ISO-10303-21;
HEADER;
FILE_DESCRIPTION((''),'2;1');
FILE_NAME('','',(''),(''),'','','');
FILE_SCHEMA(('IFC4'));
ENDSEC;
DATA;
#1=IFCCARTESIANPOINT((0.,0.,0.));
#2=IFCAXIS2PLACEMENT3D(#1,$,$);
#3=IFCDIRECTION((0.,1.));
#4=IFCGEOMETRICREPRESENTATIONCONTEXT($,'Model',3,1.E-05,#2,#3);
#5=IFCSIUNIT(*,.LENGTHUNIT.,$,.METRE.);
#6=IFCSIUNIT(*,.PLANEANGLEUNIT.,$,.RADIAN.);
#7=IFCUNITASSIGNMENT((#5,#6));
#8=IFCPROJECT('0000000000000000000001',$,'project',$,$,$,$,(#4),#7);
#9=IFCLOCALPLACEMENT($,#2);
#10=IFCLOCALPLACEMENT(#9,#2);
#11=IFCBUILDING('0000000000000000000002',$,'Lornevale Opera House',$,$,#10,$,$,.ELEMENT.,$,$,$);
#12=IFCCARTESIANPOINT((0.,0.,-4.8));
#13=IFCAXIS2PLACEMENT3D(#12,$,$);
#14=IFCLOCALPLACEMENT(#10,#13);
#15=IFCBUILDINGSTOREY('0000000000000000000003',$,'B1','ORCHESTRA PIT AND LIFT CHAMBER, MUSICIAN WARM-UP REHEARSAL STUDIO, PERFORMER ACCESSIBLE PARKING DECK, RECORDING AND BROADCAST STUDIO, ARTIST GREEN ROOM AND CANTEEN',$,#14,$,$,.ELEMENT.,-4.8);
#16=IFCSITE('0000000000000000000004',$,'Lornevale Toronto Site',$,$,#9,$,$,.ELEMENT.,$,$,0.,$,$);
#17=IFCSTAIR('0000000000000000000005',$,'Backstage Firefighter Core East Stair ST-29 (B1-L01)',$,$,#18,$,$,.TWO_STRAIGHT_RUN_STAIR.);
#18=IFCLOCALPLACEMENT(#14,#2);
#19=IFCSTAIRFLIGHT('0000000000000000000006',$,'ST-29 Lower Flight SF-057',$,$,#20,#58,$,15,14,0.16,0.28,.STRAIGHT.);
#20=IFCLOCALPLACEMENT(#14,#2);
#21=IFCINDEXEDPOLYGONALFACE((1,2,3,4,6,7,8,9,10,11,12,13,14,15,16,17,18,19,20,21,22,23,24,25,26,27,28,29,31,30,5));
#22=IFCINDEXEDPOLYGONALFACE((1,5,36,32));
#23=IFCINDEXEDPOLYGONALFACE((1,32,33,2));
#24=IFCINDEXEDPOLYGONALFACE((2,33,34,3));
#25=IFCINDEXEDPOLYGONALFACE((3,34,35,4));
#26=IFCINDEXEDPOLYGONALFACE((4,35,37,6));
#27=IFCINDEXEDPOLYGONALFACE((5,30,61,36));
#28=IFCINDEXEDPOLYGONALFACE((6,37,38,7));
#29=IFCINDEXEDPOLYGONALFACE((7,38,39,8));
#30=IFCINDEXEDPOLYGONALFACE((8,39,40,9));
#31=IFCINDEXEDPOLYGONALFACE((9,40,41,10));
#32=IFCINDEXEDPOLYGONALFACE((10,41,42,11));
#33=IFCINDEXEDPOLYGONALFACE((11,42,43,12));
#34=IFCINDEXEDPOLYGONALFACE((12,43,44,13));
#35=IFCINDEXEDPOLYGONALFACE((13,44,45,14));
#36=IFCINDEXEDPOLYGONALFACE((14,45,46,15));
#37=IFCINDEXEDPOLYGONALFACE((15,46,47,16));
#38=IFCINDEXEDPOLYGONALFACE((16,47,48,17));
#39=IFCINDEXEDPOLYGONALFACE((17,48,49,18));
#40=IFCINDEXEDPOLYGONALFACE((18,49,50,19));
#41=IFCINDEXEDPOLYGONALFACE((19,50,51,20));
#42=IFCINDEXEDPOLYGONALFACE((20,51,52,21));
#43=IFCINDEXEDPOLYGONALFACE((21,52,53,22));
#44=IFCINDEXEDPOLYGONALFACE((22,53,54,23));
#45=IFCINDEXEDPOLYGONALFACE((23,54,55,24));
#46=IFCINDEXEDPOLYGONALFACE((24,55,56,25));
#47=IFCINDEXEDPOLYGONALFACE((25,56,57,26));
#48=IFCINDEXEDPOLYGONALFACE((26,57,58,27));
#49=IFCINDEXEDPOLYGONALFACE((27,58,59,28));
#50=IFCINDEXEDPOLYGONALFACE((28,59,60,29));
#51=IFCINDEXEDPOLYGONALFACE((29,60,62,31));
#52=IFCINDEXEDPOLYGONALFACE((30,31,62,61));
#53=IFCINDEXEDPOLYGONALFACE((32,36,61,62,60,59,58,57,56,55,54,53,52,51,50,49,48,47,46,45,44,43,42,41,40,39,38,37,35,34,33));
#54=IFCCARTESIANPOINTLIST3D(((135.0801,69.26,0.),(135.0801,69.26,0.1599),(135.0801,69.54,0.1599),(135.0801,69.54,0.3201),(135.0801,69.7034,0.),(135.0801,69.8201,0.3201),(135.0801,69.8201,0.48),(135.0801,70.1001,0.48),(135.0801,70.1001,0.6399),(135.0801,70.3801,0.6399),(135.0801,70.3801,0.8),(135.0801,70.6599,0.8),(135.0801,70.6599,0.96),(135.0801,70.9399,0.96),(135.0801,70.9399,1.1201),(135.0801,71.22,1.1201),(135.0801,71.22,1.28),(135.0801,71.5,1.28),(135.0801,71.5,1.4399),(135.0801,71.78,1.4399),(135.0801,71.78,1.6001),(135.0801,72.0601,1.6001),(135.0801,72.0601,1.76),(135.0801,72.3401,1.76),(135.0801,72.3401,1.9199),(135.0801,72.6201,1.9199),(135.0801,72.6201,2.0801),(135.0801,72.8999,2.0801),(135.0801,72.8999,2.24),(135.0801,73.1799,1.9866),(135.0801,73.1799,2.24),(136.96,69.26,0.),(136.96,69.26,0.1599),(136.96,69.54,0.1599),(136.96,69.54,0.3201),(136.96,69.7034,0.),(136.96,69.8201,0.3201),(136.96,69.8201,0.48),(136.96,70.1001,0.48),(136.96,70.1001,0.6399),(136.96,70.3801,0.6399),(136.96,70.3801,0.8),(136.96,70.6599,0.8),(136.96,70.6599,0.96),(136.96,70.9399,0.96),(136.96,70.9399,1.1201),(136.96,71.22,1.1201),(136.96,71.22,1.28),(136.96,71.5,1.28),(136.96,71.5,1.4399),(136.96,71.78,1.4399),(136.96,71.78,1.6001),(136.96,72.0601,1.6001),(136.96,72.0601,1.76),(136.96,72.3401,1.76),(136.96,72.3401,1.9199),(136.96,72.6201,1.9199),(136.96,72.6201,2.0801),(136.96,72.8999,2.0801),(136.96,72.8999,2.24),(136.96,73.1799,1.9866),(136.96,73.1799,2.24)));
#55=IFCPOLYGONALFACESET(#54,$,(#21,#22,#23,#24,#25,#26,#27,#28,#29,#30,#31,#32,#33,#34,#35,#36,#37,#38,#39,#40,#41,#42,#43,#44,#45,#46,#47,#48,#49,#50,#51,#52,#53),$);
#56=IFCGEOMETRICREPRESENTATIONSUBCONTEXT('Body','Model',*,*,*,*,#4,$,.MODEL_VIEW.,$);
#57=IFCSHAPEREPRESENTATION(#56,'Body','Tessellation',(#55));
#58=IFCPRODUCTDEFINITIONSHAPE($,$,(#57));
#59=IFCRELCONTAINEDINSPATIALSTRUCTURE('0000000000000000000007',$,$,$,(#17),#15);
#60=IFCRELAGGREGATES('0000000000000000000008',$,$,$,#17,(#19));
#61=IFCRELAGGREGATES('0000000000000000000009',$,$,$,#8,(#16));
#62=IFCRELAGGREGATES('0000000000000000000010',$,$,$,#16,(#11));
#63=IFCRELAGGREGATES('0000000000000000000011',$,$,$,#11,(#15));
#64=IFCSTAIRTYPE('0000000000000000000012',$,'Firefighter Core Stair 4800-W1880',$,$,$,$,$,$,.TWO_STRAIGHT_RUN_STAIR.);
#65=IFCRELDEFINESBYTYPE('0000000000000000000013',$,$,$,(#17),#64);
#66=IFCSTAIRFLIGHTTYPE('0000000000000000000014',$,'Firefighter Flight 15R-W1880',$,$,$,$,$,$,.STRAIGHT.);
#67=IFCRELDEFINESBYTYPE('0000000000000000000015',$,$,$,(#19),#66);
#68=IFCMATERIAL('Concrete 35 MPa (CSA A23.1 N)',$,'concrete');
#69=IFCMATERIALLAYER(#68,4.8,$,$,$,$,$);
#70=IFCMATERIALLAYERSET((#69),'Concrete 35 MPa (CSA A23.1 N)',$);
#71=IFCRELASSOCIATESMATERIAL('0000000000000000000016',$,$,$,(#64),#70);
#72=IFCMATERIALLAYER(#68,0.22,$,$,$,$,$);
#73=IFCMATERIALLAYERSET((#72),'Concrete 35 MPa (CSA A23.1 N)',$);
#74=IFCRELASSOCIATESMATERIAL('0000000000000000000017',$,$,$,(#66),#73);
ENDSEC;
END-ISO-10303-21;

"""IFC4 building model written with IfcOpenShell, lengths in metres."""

from ifc_helpers import new_model, si_unit, direction, frame, origin, place, context, subcontext, project, spatial, polyline, outline, extrude, material, layer, layer_set, type_object, element, aggregate, save


model = new_model("IFC4")

# Units and contexts
model_context = context("Model", 3, precision=1e-05, world=origin(), true_north=direction((0.0, 1.0)))
body_context = subcontext(model_context, "Body", "Model", "MODEL_VIEW")
ifc_project = project(units=[si_unit("LENGTHUNIT", "METRE"), si_unit("PLANEANGLEUNIT", "RADIAN")], contexts=[model_context])

# Site, building, storey
site_placement = place(None, origin())
site = spatial("IfcSite", under=ifc_project, at=site_placement, Name="Lornevale Toronto Site", CompositionType="ELEMENT", RefElevation=0.0)
building_placement = place(site_placement, origin())
building = spatial("IfcBuilding", under=site, at=building_placement, Name="Lornevale Opera House", CompositionType="ELEMENT")
storey_placement = place(building_placement, frame((0.0, 0.0, -4.8)))
storey = spatial("IfcBuildingStorey", under=building, at=storey_placement, Name="B1", Description="ORCHESTRA PIT AND LIFT CHAMBER, MUSICIAN WARM-UP REHEARSAL STUDIO, PERFORMER ACCESSIBLE PARKING DECK, RECORDING AND BROADCAST STUDIO, ARTIST GREEN ROOM AND CANTEEN", CompositionType="ELEMENT", Elevation=-4.8)

# Shared definitions
ifc_material_1 = material(Name="Concrete 35 MPa (CSA A23.1 N)", Category="concrete")

# Stair, stair flight
ifc_layer_1 = layer(ifc_material_1, 4.8)
ifc_layer_set_1 = layer_set([ifc_layer_1], Name="Concrete 35 MPa (CSA A23.1 N)")
stair_type = type_object("IfcStairType", Name="Firefighter Core Stair 4800-W1880", PredefinedType="TWO_STRAIGHT_RUN_STAIR", material=ifc_layer_set_1)
stair_placement = place(storey_placement, origin())
stair = element("IfcStair", 1, at=stair_placement, inside=storey, type_object=stair_type, Name="Backstage Firefighter Core East Stair ST-29 (B1-L01)", PredefinedType="TWO_STRAIGHT_RUN_STAIR")
ifc_layer_2 = layer(ifc_material_1, 0.22)
ifc_layer_set_2 = layer_set([ifc_layer_2], Name="Concrete 35 MPa (CSA A23.1 N)")
stair_flight_type = type_object("IfcStairFlightType", Name="Firefighter Flight 15R-W1880", PredefinedType="STRAIGHT", material=ifc_layer_set_2)
stair_flight_placement = place(storey_placement, frame((136.02, 69.26, 0.0), z_axis=(0.0, 0.0, 1.0), x_axis=(0.0, 1.0, 0.0)))
stair_flight = element("IfcStairFlight", 2, at=stair_flight_placement, type_object=stair_flight_type, Name="ST-29 Lower Flight SF-057", NumberOfRisers=15, NumberOfTreads=14, PredefinedType="STRAIGHT", RiserHeight=0.16, TreadLength=0.28, context=body_context, shape_type="SweptSolid", body=[
    extrude(outline(polyline([(0.0, 0.0), (0.0, 0.1599), (0.28, 0.1599), (0.28, 0.3201), (0.5601, 0.3201), (0.5601, 0.48), (0.8401, 0.48), (0.8401, 0.6399), (1.1201, 0.6399), (1.1201, 0.8), (1.3999, 0.8), (1.3999, 0.96), (1.6799, 0.96), (1.6799, 1.1201), (1.96, 1.1201), (1.96, 1.28), (2.24, 1.28), (2.24, 1.4399), (2.52, 1.4399), (2.52, 1.6001), (2.8, 1.6001), (2.8, 1.76), (3.0801, 1.76), (3.0801, 1.9199), (3.3601, 1.9199), (3.3601, 2.0801), (3.6399, 2.0801), (3.6399, 2.24), (3.9199, 2.24), (3.9199, 1.9866), (0.4434, 0.0), (0.0, 0.0)])), frame((0.0, 0.9399, 0.0), z_axis=(0.0, -1.0, 0.0), x_axis=(1.0, 0.0, 0.0)), (0.0, 0.0, 1.0), 1.8799),
])
aggregate(stair, [stair_flight])

save(model, "model.ifc")
